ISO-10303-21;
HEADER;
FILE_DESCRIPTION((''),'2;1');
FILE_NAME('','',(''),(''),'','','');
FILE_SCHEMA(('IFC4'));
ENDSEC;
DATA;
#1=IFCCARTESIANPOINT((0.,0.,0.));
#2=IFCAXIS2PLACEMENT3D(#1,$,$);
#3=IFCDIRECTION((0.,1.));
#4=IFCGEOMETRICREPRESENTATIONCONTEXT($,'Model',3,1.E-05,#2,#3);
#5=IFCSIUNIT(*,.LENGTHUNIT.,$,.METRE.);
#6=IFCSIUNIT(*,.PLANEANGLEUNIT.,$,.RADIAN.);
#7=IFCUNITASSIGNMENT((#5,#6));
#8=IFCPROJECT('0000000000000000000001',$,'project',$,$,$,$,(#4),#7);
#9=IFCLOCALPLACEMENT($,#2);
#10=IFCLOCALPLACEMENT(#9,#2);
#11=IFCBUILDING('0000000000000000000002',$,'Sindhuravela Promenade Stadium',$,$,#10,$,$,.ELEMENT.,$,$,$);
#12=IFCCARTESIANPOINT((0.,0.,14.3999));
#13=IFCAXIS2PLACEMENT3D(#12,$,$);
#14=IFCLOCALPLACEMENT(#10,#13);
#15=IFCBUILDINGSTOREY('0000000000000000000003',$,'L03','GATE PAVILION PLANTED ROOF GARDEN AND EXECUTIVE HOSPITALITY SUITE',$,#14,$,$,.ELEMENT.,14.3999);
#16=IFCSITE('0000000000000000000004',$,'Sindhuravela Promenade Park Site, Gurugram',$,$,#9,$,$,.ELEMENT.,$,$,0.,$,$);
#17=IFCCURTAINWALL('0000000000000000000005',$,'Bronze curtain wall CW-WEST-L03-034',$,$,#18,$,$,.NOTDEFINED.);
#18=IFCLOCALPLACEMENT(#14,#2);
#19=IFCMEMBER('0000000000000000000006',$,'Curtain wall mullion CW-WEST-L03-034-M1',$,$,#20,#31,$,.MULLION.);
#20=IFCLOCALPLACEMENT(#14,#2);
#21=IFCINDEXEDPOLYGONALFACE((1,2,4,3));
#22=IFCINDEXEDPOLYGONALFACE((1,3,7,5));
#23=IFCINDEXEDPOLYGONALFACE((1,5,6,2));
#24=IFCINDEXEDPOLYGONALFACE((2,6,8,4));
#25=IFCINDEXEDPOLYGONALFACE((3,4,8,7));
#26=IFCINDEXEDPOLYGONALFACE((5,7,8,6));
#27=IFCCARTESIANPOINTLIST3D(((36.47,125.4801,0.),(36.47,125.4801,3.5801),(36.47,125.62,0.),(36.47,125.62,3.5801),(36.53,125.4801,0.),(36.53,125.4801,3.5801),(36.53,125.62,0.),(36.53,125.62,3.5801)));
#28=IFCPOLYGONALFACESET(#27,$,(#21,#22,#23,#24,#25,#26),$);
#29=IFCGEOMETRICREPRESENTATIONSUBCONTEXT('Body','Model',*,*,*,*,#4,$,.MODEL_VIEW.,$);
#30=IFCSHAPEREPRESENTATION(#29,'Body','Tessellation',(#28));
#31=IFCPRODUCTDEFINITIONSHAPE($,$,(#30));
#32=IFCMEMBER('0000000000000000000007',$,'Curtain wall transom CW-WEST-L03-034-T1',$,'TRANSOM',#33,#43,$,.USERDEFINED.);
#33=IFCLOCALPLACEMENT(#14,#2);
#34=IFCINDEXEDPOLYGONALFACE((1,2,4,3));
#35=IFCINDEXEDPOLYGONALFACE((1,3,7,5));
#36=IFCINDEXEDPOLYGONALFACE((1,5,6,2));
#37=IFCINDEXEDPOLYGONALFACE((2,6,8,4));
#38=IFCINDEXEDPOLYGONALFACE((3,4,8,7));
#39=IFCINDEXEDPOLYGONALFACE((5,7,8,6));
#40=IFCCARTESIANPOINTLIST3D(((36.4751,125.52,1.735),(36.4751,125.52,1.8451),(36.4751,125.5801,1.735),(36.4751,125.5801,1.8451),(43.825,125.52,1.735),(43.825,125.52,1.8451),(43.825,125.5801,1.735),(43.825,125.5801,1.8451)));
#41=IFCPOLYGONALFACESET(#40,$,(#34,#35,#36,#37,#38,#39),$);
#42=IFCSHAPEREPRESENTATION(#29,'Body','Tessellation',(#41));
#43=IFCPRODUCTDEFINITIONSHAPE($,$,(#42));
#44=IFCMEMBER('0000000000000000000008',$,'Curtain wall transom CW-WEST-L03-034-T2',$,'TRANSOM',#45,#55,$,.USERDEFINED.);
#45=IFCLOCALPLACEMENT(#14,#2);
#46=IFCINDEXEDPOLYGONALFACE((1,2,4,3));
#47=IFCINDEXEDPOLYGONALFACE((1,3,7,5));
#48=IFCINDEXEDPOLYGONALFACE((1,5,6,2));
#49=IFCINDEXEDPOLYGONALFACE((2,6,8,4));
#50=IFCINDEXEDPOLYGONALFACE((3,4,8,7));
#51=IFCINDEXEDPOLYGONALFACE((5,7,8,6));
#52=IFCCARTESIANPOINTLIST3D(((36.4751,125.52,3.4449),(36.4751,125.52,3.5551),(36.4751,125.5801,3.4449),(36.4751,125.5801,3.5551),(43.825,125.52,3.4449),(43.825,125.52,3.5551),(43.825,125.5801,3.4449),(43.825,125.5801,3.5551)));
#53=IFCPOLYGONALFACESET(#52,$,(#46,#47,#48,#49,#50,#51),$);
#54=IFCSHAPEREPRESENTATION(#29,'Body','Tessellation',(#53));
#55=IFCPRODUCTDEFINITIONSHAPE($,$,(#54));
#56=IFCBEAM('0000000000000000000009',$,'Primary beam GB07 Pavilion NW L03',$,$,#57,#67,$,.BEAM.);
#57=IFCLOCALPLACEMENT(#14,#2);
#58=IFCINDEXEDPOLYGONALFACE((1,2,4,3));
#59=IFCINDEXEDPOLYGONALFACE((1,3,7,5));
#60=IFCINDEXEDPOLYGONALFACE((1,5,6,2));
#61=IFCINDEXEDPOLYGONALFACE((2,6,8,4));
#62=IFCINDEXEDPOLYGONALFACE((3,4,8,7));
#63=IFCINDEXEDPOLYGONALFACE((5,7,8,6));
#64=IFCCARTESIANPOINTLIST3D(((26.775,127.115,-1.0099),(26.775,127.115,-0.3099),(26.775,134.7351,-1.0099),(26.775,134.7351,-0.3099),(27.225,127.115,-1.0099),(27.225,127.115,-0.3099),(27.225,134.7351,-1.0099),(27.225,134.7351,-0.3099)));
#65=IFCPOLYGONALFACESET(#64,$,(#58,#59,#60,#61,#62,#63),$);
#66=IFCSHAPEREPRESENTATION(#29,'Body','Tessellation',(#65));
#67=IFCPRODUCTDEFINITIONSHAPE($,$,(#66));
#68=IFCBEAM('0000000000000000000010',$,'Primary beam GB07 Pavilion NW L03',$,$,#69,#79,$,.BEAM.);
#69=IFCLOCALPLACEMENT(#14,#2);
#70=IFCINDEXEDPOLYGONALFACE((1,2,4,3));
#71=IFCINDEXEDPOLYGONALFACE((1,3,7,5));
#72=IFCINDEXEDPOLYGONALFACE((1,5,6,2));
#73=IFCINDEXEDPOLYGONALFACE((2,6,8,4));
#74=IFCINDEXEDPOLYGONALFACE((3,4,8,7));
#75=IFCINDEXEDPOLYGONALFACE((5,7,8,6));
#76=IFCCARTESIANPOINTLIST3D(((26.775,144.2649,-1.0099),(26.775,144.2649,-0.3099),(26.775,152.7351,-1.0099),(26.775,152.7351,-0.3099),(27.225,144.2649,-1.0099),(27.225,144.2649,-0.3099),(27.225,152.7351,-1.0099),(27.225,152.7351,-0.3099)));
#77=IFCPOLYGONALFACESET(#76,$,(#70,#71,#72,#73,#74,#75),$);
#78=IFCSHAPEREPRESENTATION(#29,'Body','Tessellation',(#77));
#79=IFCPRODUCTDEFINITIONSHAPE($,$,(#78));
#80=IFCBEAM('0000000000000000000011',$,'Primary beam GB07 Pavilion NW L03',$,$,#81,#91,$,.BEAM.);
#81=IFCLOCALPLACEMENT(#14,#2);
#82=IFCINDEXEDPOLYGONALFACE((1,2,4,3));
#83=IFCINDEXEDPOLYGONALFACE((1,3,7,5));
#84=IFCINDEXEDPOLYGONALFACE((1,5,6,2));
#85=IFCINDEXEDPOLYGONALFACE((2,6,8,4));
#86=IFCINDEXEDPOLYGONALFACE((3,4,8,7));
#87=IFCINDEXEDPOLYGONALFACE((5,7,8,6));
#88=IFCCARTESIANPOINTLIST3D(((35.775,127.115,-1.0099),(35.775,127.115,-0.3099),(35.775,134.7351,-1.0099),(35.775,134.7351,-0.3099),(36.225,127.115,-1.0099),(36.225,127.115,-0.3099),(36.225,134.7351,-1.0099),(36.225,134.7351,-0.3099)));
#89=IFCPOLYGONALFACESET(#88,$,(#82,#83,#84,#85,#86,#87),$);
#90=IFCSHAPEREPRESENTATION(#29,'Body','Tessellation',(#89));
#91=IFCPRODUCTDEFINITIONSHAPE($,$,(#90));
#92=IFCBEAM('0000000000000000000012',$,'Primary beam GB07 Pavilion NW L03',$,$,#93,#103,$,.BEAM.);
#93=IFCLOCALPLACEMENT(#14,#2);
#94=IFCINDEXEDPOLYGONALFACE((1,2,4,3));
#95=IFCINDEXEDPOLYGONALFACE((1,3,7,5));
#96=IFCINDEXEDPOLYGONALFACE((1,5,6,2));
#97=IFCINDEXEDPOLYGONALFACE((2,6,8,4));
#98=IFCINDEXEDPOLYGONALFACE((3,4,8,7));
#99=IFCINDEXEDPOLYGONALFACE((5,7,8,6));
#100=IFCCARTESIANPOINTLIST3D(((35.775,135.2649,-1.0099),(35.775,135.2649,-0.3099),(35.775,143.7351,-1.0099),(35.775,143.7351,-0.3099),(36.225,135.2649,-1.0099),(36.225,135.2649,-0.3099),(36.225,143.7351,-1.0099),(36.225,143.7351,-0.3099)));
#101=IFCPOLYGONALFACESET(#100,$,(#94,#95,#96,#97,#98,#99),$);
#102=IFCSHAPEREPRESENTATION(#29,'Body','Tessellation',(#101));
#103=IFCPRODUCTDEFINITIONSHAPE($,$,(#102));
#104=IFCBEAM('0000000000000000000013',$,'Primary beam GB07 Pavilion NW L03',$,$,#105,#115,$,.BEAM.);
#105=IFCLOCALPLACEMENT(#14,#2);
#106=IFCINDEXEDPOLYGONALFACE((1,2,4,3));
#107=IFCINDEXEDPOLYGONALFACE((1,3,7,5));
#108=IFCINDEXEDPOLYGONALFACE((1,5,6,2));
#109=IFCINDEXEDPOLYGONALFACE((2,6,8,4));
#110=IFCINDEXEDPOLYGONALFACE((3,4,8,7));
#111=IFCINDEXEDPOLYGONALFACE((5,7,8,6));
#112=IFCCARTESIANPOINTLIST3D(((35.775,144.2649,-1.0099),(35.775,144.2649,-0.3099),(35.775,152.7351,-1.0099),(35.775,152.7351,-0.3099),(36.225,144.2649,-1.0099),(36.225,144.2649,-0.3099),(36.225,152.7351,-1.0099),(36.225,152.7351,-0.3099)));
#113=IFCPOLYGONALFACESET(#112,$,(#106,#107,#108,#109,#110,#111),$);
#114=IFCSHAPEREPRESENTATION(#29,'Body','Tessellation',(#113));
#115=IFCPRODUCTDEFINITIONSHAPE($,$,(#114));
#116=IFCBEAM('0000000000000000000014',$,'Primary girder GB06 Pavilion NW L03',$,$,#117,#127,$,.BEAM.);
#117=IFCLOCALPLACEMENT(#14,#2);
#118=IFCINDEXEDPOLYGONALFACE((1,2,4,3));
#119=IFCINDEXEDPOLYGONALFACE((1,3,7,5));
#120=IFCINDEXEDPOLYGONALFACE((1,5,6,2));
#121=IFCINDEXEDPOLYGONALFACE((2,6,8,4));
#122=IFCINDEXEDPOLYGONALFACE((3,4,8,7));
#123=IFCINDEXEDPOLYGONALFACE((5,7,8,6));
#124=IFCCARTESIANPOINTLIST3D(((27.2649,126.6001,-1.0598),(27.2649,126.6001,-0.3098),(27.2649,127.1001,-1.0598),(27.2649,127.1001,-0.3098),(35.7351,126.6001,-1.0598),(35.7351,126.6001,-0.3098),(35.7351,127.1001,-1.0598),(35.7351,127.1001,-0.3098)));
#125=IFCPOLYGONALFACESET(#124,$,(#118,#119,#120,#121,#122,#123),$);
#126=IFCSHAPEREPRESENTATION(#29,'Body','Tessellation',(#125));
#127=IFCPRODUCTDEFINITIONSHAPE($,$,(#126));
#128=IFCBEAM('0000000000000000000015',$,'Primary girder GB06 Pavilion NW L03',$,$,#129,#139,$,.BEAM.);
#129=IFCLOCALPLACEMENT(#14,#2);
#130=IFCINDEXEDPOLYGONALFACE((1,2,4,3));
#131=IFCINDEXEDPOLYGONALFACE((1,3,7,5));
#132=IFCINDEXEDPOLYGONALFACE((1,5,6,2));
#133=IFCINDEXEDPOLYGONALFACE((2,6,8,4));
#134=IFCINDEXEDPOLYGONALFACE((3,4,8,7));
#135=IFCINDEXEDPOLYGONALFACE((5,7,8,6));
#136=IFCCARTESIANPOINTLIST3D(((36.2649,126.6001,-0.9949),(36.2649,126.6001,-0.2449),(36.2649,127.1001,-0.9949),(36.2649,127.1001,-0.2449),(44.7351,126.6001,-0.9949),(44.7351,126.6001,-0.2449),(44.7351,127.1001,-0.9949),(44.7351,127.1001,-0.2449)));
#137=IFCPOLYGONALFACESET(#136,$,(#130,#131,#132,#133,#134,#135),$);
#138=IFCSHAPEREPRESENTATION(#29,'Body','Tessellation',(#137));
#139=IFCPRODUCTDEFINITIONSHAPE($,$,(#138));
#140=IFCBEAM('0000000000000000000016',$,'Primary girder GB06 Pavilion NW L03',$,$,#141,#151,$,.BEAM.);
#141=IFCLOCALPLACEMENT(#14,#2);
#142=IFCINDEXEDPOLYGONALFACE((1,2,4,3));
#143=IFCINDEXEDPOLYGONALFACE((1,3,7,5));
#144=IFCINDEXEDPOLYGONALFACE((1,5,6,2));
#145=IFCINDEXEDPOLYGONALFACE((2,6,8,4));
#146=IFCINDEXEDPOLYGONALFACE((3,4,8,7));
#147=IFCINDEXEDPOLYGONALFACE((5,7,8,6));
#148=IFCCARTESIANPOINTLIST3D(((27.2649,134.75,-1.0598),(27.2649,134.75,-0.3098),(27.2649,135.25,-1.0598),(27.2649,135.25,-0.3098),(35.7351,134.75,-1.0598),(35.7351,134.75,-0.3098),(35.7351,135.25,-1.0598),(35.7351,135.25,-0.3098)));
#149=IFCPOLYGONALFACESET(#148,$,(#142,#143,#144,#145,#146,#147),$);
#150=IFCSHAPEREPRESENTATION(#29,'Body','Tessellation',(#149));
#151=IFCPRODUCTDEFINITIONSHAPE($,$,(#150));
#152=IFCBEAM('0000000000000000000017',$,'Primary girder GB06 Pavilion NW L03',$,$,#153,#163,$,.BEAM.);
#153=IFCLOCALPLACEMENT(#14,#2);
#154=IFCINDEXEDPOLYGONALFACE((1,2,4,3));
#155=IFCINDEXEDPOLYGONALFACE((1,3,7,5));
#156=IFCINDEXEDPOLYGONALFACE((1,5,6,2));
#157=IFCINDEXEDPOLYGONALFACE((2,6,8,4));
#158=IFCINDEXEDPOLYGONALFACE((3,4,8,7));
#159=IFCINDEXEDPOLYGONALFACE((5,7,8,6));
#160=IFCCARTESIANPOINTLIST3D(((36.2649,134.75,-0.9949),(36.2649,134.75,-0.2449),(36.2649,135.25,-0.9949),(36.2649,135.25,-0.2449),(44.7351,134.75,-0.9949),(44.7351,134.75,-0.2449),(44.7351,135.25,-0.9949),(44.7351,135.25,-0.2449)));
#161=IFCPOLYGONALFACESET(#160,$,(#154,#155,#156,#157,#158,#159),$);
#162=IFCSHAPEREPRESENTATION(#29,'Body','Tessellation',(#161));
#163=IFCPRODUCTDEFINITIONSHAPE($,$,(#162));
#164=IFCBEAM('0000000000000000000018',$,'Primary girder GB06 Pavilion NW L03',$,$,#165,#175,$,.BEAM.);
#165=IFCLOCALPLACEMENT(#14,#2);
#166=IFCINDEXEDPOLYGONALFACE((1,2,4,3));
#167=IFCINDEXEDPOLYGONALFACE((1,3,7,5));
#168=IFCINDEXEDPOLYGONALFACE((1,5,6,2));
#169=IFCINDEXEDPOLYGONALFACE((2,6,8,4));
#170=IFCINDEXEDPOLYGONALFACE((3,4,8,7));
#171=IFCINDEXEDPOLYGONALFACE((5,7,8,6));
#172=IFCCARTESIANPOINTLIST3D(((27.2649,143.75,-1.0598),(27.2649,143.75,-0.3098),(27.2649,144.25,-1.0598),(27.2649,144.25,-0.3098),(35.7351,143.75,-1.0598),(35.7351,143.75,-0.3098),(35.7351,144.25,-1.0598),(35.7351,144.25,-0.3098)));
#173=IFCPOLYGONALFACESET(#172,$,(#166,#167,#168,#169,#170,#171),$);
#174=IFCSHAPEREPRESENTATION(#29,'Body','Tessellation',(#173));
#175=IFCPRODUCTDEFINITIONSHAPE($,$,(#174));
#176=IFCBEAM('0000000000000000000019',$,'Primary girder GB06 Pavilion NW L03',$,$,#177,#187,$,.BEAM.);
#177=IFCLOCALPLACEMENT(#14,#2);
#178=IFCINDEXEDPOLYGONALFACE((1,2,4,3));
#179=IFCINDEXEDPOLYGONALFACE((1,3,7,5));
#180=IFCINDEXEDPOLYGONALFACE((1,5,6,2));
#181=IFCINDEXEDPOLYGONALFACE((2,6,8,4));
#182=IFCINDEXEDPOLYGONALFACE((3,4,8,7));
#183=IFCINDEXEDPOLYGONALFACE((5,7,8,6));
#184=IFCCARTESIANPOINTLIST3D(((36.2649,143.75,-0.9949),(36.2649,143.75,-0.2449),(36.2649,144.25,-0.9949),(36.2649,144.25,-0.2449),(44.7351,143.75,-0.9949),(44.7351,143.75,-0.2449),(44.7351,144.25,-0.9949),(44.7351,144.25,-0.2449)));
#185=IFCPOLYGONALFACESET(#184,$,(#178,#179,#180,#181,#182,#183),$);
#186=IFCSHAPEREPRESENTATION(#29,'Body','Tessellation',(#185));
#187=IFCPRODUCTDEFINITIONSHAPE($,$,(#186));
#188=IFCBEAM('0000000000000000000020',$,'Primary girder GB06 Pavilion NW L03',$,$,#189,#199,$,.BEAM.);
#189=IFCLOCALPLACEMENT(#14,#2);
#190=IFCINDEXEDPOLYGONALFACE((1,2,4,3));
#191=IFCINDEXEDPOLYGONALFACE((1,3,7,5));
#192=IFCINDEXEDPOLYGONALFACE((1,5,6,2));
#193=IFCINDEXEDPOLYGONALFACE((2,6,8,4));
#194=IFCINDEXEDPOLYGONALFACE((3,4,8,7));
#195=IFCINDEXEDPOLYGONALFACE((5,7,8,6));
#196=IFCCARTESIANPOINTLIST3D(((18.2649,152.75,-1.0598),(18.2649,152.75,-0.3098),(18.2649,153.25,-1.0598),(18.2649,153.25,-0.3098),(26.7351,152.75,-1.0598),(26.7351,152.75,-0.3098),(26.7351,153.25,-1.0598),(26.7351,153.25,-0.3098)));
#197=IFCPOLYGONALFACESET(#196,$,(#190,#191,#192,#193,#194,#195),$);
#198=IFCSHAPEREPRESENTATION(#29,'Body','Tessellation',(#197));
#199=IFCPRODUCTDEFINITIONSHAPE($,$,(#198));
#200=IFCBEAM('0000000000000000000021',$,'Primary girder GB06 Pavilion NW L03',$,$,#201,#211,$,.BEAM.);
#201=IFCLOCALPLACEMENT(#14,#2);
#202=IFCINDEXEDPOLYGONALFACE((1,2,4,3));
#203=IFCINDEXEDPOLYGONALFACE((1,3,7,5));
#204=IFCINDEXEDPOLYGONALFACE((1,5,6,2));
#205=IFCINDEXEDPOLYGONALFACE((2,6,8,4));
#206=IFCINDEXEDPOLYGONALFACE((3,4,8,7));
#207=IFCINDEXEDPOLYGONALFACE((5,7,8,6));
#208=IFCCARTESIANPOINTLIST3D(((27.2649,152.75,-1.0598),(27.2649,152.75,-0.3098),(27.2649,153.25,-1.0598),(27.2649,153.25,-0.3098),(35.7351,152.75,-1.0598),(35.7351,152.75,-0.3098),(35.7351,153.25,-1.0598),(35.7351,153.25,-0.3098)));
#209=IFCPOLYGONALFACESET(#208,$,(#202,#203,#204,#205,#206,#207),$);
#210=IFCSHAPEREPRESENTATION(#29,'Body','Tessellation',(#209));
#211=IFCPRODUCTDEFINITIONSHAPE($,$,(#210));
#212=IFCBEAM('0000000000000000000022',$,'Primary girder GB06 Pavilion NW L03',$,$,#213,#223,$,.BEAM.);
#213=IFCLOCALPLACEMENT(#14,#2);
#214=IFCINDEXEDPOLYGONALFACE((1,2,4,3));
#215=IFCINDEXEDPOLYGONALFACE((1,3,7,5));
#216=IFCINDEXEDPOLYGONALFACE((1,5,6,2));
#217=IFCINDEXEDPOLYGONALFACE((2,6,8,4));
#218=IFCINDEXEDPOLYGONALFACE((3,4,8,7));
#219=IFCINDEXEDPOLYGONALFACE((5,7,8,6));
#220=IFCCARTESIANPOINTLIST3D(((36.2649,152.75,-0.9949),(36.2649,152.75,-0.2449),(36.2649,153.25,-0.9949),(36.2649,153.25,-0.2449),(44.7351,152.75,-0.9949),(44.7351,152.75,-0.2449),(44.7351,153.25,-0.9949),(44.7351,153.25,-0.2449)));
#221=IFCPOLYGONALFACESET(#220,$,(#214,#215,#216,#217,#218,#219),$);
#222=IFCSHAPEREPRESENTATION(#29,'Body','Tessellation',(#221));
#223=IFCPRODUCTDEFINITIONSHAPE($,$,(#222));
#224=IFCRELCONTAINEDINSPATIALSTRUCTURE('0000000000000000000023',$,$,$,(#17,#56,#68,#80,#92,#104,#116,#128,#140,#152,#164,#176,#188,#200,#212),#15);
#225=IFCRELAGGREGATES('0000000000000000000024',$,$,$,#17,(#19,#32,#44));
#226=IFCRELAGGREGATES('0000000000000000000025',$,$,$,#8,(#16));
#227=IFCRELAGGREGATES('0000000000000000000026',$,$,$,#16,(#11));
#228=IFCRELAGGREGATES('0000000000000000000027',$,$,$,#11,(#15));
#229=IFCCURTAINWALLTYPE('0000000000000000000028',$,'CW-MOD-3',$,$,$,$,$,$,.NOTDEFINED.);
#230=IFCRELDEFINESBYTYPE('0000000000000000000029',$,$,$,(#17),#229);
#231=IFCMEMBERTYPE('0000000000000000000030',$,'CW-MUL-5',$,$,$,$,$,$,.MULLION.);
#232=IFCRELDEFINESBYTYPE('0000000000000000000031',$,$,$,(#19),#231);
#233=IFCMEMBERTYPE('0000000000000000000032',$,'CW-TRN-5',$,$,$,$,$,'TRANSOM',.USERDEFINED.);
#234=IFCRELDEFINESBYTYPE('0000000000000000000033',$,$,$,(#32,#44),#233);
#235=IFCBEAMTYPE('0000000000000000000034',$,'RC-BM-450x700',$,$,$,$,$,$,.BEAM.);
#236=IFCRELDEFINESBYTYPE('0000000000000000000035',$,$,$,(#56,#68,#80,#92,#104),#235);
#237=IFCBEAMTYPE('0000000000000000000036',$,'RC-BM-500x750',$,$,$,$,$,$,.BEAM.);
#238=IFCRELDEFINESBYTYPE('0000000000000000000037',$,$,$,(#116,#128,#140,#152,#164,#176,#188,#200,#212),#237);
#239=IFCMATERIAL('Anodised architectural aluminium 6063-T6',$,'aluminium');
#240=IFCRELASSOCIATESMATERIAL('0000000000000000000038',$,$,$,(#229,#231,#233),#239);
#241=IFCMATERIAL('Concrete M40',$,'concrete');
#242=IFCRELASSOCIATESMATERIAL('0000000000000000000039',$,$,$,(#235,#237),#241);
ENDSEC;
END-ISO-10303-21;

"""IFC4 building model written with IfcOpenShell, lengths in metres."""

from ifc_helpers import new_model, si_unit, direction, frame, origin, origin_2d, place, context, subcontext, project, spatial, rectangle, extrude, material, material_profile, profile_set, type_object, element, aggregate, save


model = new_model("IFC4")

# Units and contexts
model_context = context("Model", 3, precision=1e-05, world=origin(), true_north=direction((0.0, 1.0)))
body_context = subcontext(model_context, "Body", "Model", "MODEL_VIEW")
ifc_project = project(units=[si_unit("LENGTHUNIT", "METRE"), si_unit("PLANEANGLEUNIT", "RADIAN")], contexts=[model_context])

# Site, building, storey
site_placement = place(None, origin())
site = spatial("IfcSite", under=ifc_project, at=site_placement, Name="Sindhuravela Promenade Park Site, Gurugram", CompositionType="ELEMENT", RefElevation=0.0)
building_placement = place(site_placement, origin())
building = spatial("IfcBuilding", under=site, at=building_placement, Name="Sindhuravela Promenade Stadium", CompositionType="ELEMENT")
storey_placement = place(building_placement, frame((0.0, 0.0, 14.3999)))
storey = spatial("IfcBuildingStorey", under=building, at=storey_placement, Name="L03", Description="GATE PAVILION PLANTED ROOF GARDEN AND EXECUTIVE HOSPITALITY SUITE", CompositionType="ELEMENT", Elevation=14.3999)

# Curtain wall, members
ifc_material_1 = material(Name="Anodised architectural aluminium 6063-T6", Category="aluminium")
curtain_wall_type = type_object("IfcCurtainWallType", Name="CW-MOD-3", PredefinedType="NOTDEFINED", material=ifc_material_1)
curtain_wall_placement = place(storey_placement, origin())
curtain_wall = element("IfcCurtainWall", 1, at=curtain_wall_placement, inside=storey, type_object=curtain_wall_type, Name="Bronze curtain wall CW-WEST-L03-034", PredefinedType="NOTDEFINED")
ifc_material_profile_1 = material_profile(ifc_material_1, rectangle(XDim=0.0601, YDim=0.1399, at=origin_2d()), Name="ALU M60x140")
ifc_profile_set_1 = profile_set([ifc_material_profile_1], Name="Anodised architectural aluminium 6063-T6")
member_type_1 = type_object("IfcMemberType", Name="CW-MUL-5", PredefinedType="MULLION", material=ifc_profile_set_1)
member_1_placement = place(storey_placement, frame((36.5, 125.55, 0.0), z_axis=(0.0, 0.0, 1.0), x_axis=(1.0, 0.0, 0.0)))
member_1 = element("IfcMember", 2, at=member_1_placement, type_object=member_type_1, Name="Curtain wall mullion CW-WEST-L03-034-M1", PredefinedType="MULLION", context=body_context, shape_type="SweptSolid", body=[
    extrude(rectangle(XDim=0.0601, YDim=0.1399, at=origin_2d()), origin(), (0.0, 0.0, 1.0), 3.5801),
])
ifc_material_profile_2 = material_profile(ifc_material_1, rectangle(XDim=0.0601, YDim=0.1101, at=origin_2d()), Name="ALU T60x110")
ifc_profile_set_2 = profile_set([ifc_material_profile_2], Name="Anodised architectural aluminium 6063-T6")
member_type_2 = type_object("IfcMemberType", Name="CW-TRN-5", ElementType="TRANSOM", PredefinedType="USERDEFINED", material=ifc_profile_set_2)
member_2_placement = place(storey_placement, frame((36.4751, 125.55, 1.79), z_axis=(1.0, 0.0, 0.0), x_axis=(0.0, 1.0, 0.0)))
member_2 = element("IfcMember", 3, at=member_2_placement, type_object=member_type_2, Name="Curtain wall transom CW-WEST-L03-034-T1", ObjectType="TRANSOM", PredefinedType="USERDEFINED", context=body_context, shape_type="SweptSolid", body=[
    extrude(rectangle(XDim=0.0601, YDim=0.1101, at=origin_2d()), origin(), (0.0, 0.0, 1.0), 7.3499),
])
member_3_placement = place(storey_placement, frame((36.4751, 125.55, 3.5), z_axis=(1.0, 0.0, 0.0), x_axis=(0.0, 1.0, 0.0)))
member_3 = element("IfcMember", 4, at=member_3_placement, type_object=member_type_2, Name="Curtain wall transom CW-WEST-L03-034-T2", ObjectType="TRANSOM", PredefinedType="USERDEFINED", context=body_context, shape_type="SweptSolid", body=[
    extrude(rectangle(XDim=0.0601, YDim=0.1101, at=origin_2d()), origin(), (0.0, 0.0, 1.0), 7.3499),
])
aggregate(curtain_wall, [member_1, member_2, member_3])

# Beams
ifc_material_2 = material(Name="Concrete M40", Category="concrete")
ifc_material_profile_3 = material_profile(ifc_material_2, rectangle(XDim=0.45, YDim=0.7, at=origin_2d()), Name="RC 450x700")
ifc_profile_set_3 = profile_set([ifc_material_profile_3], Name="Concrete M40")
beam_type_1 = type_object("IfcBeamType", Name="RC-BM-450x700", PredefinedType="BEAM", material=ifc_profile_set_3)
beam_1_placement = place(storey_placement, frame((27.0, 127.115, -0.6599), z_axis=(0.0, 1.0, 0.0), x_axis=(-1.0, 0.0, 0.0)))
element("IfcBeam", 5, at=beam_1_placement, inside=storey, type_object=beam_type_1, Name="Primary beam GB07 Pavilion NW L03", PredefinedType="BEAM", context=body_context, shape_type="SweptSolid", body=[
    extrude(rectangle(XDim=0.45, YDim=0.7, at=origin_2d()), origin(), (0.0, 0.0, 1.0), 7.6201),
])
beam_2_placement = place(storey_placement, frame((27.0, 144.2649, -0.6599), z_axis=(0.0, 1.0, 0.0), x_axis=(-1.0, 0.0, 0.0)))
element("IfcBeam", 6, at=beam_2_placement, inside=storey, type_object=beam_type_1, Name="Primary beam GB07 Pavilion NW L03", PredefinedType="BEAM", context=body_context, shape_type="SweptSolid", body=[
    extrude(rectangle(XDim=0.45, YDim=0.7, at=origin_2d()), origin(), (0.0, 0.0, 1.0), 8.4702),
])
beam_3_placement = place(storey_placement, frame((36.0, 127.115, -0.6599), z_axis=(0.0, 1.0, 0.0), x_axis=(-1.0, 0.0, 0.0)))
element("IfcBeam", 7, at=beam_3_placement, inside=storey, type_object=beam_type_1, Name="Primary beam GB07 Pavilion NW L03", PredefinedType="BEAM", context=body_context, shape_type="SweptSolid", body=[
    extrude(rectangle(XDim=0.45, YDim=0.7, at=origin_2d()), origin(), (0.0, 0.0, 1.0), 7.6201),
])
for number, where, z_axis, x_axis, name in (
    (8, (36.0, 135.2649, -0.6599), (0.0, 1.0, 0.0), (-1.0, 0.0, 0.0), "Primary beam GB07 Pavilion NW L03"),
    (9, (36.0, 144.2649, -0.6599), (0.0, 1.0, 0.0), (-1.0, 0.0, 0.0), "Primary beam GB07 Pavilion NW L03"),
):
    element("IfcBeam", number, at=place(storey_placement, frame(where, z_axis=z_axis, x_axis=x_axis)), inside=storey, type_object=beam_type_1, Name=name, PredefinedType="BEAM", context=body_context, shape_type="SweptSolid", body=[
        extrude(rectangle(XDim=0.45, YDim=0.7, at=origin_2d()), origin(), (0.0, 0.0, 1.0), 8.4702),
    ])
ifc_material_profile_4 = material_profile(ifc_material_2, rectangle(XDim=0.5, YDim=0.75, at=origin_2d()), Name="RC 500x750")
ifc_profile_set_4 = profile_set([ifc_material_profile_4], Name="Concrete M40")
beam_type_2 = type_object("IfcBeamType", Name="RC-BM-500x750", PredefinedType="BEAM", material=ifc_profile_set_4)
for number, where, z_axis, x_axis, name in (
    (10, (27.2649, 126.8501, -0.6848), (1.0, 0.0, 0.0), (0.0, 1.0, 0.0), "Primary girder GB06 Pavilion NW L03"),
    (11, (36.2649, 126.8501, -0.6199), (1.0, 0.0, 0.0), (0.0, 1.0, 0.0), "Primary girder GB06 Pavilion NW L03"),
    (12, (27.2649, 135.0, -0.6848), (1.0, 0.0, 0.0), (0.0, 1.0, 0.0), "Primary girder GB06 Pavilion NW L03"),
    (13, (36.2649, 135.0, -0.6199), (1.0, 0.0, 0.0), (0.0, 1.0, 0.0), "Primary girder GB06 Pavilion NW L03"),
    (14, (27.2649, 144.0, -0.6848), (1.0, 0.0, 0.0), (0.0, 1.0, 0.0), "Primary girder GB06 Pavilion NW L03"),
    (15, (36.2649, 144.0, -0.6199), (1.0, 0.0, 0.0), (0.0, 1.0, 0.0), "Primary girder GB06 Pavilion NW L03"),
    (16, (18.2649, 153.0, -0.6848), (1.0, 0.0, 0.0), (0.0, 1.0, 0.0), "Primary girder GB06 Pavilion NW L03"),
    (17, (27.2649, 153.0, -0.6848), (1.0, 0.0, 0.0), (0.0, 1.0, 0.0), "Primary girder GB06 Pavilion NW L03"),
    (18, (36.2649, 153.0, -0.6199), (1.0, 0.0, 0.0), (0.0, 1.0, 0.0), "Primary girder GB06 Pavilion NW L03"),
):
    element("IfcBeam", number, at=place(storey_placement, frame(where, z_axis=z_axis, x_axis=x_axis)), inside=storey, type_object=beam_type_2, Name=name, PredefinedType="BEAM", context=body_context, shape_type="SweptSolid", body=[
        extrude(rectangle(XDim=0.5, YDim=0.75, at=origin_2d()), origin(), (0.0, 0.0, 1.0), 8.4702),
    ])

save(model, "model.ifc")
